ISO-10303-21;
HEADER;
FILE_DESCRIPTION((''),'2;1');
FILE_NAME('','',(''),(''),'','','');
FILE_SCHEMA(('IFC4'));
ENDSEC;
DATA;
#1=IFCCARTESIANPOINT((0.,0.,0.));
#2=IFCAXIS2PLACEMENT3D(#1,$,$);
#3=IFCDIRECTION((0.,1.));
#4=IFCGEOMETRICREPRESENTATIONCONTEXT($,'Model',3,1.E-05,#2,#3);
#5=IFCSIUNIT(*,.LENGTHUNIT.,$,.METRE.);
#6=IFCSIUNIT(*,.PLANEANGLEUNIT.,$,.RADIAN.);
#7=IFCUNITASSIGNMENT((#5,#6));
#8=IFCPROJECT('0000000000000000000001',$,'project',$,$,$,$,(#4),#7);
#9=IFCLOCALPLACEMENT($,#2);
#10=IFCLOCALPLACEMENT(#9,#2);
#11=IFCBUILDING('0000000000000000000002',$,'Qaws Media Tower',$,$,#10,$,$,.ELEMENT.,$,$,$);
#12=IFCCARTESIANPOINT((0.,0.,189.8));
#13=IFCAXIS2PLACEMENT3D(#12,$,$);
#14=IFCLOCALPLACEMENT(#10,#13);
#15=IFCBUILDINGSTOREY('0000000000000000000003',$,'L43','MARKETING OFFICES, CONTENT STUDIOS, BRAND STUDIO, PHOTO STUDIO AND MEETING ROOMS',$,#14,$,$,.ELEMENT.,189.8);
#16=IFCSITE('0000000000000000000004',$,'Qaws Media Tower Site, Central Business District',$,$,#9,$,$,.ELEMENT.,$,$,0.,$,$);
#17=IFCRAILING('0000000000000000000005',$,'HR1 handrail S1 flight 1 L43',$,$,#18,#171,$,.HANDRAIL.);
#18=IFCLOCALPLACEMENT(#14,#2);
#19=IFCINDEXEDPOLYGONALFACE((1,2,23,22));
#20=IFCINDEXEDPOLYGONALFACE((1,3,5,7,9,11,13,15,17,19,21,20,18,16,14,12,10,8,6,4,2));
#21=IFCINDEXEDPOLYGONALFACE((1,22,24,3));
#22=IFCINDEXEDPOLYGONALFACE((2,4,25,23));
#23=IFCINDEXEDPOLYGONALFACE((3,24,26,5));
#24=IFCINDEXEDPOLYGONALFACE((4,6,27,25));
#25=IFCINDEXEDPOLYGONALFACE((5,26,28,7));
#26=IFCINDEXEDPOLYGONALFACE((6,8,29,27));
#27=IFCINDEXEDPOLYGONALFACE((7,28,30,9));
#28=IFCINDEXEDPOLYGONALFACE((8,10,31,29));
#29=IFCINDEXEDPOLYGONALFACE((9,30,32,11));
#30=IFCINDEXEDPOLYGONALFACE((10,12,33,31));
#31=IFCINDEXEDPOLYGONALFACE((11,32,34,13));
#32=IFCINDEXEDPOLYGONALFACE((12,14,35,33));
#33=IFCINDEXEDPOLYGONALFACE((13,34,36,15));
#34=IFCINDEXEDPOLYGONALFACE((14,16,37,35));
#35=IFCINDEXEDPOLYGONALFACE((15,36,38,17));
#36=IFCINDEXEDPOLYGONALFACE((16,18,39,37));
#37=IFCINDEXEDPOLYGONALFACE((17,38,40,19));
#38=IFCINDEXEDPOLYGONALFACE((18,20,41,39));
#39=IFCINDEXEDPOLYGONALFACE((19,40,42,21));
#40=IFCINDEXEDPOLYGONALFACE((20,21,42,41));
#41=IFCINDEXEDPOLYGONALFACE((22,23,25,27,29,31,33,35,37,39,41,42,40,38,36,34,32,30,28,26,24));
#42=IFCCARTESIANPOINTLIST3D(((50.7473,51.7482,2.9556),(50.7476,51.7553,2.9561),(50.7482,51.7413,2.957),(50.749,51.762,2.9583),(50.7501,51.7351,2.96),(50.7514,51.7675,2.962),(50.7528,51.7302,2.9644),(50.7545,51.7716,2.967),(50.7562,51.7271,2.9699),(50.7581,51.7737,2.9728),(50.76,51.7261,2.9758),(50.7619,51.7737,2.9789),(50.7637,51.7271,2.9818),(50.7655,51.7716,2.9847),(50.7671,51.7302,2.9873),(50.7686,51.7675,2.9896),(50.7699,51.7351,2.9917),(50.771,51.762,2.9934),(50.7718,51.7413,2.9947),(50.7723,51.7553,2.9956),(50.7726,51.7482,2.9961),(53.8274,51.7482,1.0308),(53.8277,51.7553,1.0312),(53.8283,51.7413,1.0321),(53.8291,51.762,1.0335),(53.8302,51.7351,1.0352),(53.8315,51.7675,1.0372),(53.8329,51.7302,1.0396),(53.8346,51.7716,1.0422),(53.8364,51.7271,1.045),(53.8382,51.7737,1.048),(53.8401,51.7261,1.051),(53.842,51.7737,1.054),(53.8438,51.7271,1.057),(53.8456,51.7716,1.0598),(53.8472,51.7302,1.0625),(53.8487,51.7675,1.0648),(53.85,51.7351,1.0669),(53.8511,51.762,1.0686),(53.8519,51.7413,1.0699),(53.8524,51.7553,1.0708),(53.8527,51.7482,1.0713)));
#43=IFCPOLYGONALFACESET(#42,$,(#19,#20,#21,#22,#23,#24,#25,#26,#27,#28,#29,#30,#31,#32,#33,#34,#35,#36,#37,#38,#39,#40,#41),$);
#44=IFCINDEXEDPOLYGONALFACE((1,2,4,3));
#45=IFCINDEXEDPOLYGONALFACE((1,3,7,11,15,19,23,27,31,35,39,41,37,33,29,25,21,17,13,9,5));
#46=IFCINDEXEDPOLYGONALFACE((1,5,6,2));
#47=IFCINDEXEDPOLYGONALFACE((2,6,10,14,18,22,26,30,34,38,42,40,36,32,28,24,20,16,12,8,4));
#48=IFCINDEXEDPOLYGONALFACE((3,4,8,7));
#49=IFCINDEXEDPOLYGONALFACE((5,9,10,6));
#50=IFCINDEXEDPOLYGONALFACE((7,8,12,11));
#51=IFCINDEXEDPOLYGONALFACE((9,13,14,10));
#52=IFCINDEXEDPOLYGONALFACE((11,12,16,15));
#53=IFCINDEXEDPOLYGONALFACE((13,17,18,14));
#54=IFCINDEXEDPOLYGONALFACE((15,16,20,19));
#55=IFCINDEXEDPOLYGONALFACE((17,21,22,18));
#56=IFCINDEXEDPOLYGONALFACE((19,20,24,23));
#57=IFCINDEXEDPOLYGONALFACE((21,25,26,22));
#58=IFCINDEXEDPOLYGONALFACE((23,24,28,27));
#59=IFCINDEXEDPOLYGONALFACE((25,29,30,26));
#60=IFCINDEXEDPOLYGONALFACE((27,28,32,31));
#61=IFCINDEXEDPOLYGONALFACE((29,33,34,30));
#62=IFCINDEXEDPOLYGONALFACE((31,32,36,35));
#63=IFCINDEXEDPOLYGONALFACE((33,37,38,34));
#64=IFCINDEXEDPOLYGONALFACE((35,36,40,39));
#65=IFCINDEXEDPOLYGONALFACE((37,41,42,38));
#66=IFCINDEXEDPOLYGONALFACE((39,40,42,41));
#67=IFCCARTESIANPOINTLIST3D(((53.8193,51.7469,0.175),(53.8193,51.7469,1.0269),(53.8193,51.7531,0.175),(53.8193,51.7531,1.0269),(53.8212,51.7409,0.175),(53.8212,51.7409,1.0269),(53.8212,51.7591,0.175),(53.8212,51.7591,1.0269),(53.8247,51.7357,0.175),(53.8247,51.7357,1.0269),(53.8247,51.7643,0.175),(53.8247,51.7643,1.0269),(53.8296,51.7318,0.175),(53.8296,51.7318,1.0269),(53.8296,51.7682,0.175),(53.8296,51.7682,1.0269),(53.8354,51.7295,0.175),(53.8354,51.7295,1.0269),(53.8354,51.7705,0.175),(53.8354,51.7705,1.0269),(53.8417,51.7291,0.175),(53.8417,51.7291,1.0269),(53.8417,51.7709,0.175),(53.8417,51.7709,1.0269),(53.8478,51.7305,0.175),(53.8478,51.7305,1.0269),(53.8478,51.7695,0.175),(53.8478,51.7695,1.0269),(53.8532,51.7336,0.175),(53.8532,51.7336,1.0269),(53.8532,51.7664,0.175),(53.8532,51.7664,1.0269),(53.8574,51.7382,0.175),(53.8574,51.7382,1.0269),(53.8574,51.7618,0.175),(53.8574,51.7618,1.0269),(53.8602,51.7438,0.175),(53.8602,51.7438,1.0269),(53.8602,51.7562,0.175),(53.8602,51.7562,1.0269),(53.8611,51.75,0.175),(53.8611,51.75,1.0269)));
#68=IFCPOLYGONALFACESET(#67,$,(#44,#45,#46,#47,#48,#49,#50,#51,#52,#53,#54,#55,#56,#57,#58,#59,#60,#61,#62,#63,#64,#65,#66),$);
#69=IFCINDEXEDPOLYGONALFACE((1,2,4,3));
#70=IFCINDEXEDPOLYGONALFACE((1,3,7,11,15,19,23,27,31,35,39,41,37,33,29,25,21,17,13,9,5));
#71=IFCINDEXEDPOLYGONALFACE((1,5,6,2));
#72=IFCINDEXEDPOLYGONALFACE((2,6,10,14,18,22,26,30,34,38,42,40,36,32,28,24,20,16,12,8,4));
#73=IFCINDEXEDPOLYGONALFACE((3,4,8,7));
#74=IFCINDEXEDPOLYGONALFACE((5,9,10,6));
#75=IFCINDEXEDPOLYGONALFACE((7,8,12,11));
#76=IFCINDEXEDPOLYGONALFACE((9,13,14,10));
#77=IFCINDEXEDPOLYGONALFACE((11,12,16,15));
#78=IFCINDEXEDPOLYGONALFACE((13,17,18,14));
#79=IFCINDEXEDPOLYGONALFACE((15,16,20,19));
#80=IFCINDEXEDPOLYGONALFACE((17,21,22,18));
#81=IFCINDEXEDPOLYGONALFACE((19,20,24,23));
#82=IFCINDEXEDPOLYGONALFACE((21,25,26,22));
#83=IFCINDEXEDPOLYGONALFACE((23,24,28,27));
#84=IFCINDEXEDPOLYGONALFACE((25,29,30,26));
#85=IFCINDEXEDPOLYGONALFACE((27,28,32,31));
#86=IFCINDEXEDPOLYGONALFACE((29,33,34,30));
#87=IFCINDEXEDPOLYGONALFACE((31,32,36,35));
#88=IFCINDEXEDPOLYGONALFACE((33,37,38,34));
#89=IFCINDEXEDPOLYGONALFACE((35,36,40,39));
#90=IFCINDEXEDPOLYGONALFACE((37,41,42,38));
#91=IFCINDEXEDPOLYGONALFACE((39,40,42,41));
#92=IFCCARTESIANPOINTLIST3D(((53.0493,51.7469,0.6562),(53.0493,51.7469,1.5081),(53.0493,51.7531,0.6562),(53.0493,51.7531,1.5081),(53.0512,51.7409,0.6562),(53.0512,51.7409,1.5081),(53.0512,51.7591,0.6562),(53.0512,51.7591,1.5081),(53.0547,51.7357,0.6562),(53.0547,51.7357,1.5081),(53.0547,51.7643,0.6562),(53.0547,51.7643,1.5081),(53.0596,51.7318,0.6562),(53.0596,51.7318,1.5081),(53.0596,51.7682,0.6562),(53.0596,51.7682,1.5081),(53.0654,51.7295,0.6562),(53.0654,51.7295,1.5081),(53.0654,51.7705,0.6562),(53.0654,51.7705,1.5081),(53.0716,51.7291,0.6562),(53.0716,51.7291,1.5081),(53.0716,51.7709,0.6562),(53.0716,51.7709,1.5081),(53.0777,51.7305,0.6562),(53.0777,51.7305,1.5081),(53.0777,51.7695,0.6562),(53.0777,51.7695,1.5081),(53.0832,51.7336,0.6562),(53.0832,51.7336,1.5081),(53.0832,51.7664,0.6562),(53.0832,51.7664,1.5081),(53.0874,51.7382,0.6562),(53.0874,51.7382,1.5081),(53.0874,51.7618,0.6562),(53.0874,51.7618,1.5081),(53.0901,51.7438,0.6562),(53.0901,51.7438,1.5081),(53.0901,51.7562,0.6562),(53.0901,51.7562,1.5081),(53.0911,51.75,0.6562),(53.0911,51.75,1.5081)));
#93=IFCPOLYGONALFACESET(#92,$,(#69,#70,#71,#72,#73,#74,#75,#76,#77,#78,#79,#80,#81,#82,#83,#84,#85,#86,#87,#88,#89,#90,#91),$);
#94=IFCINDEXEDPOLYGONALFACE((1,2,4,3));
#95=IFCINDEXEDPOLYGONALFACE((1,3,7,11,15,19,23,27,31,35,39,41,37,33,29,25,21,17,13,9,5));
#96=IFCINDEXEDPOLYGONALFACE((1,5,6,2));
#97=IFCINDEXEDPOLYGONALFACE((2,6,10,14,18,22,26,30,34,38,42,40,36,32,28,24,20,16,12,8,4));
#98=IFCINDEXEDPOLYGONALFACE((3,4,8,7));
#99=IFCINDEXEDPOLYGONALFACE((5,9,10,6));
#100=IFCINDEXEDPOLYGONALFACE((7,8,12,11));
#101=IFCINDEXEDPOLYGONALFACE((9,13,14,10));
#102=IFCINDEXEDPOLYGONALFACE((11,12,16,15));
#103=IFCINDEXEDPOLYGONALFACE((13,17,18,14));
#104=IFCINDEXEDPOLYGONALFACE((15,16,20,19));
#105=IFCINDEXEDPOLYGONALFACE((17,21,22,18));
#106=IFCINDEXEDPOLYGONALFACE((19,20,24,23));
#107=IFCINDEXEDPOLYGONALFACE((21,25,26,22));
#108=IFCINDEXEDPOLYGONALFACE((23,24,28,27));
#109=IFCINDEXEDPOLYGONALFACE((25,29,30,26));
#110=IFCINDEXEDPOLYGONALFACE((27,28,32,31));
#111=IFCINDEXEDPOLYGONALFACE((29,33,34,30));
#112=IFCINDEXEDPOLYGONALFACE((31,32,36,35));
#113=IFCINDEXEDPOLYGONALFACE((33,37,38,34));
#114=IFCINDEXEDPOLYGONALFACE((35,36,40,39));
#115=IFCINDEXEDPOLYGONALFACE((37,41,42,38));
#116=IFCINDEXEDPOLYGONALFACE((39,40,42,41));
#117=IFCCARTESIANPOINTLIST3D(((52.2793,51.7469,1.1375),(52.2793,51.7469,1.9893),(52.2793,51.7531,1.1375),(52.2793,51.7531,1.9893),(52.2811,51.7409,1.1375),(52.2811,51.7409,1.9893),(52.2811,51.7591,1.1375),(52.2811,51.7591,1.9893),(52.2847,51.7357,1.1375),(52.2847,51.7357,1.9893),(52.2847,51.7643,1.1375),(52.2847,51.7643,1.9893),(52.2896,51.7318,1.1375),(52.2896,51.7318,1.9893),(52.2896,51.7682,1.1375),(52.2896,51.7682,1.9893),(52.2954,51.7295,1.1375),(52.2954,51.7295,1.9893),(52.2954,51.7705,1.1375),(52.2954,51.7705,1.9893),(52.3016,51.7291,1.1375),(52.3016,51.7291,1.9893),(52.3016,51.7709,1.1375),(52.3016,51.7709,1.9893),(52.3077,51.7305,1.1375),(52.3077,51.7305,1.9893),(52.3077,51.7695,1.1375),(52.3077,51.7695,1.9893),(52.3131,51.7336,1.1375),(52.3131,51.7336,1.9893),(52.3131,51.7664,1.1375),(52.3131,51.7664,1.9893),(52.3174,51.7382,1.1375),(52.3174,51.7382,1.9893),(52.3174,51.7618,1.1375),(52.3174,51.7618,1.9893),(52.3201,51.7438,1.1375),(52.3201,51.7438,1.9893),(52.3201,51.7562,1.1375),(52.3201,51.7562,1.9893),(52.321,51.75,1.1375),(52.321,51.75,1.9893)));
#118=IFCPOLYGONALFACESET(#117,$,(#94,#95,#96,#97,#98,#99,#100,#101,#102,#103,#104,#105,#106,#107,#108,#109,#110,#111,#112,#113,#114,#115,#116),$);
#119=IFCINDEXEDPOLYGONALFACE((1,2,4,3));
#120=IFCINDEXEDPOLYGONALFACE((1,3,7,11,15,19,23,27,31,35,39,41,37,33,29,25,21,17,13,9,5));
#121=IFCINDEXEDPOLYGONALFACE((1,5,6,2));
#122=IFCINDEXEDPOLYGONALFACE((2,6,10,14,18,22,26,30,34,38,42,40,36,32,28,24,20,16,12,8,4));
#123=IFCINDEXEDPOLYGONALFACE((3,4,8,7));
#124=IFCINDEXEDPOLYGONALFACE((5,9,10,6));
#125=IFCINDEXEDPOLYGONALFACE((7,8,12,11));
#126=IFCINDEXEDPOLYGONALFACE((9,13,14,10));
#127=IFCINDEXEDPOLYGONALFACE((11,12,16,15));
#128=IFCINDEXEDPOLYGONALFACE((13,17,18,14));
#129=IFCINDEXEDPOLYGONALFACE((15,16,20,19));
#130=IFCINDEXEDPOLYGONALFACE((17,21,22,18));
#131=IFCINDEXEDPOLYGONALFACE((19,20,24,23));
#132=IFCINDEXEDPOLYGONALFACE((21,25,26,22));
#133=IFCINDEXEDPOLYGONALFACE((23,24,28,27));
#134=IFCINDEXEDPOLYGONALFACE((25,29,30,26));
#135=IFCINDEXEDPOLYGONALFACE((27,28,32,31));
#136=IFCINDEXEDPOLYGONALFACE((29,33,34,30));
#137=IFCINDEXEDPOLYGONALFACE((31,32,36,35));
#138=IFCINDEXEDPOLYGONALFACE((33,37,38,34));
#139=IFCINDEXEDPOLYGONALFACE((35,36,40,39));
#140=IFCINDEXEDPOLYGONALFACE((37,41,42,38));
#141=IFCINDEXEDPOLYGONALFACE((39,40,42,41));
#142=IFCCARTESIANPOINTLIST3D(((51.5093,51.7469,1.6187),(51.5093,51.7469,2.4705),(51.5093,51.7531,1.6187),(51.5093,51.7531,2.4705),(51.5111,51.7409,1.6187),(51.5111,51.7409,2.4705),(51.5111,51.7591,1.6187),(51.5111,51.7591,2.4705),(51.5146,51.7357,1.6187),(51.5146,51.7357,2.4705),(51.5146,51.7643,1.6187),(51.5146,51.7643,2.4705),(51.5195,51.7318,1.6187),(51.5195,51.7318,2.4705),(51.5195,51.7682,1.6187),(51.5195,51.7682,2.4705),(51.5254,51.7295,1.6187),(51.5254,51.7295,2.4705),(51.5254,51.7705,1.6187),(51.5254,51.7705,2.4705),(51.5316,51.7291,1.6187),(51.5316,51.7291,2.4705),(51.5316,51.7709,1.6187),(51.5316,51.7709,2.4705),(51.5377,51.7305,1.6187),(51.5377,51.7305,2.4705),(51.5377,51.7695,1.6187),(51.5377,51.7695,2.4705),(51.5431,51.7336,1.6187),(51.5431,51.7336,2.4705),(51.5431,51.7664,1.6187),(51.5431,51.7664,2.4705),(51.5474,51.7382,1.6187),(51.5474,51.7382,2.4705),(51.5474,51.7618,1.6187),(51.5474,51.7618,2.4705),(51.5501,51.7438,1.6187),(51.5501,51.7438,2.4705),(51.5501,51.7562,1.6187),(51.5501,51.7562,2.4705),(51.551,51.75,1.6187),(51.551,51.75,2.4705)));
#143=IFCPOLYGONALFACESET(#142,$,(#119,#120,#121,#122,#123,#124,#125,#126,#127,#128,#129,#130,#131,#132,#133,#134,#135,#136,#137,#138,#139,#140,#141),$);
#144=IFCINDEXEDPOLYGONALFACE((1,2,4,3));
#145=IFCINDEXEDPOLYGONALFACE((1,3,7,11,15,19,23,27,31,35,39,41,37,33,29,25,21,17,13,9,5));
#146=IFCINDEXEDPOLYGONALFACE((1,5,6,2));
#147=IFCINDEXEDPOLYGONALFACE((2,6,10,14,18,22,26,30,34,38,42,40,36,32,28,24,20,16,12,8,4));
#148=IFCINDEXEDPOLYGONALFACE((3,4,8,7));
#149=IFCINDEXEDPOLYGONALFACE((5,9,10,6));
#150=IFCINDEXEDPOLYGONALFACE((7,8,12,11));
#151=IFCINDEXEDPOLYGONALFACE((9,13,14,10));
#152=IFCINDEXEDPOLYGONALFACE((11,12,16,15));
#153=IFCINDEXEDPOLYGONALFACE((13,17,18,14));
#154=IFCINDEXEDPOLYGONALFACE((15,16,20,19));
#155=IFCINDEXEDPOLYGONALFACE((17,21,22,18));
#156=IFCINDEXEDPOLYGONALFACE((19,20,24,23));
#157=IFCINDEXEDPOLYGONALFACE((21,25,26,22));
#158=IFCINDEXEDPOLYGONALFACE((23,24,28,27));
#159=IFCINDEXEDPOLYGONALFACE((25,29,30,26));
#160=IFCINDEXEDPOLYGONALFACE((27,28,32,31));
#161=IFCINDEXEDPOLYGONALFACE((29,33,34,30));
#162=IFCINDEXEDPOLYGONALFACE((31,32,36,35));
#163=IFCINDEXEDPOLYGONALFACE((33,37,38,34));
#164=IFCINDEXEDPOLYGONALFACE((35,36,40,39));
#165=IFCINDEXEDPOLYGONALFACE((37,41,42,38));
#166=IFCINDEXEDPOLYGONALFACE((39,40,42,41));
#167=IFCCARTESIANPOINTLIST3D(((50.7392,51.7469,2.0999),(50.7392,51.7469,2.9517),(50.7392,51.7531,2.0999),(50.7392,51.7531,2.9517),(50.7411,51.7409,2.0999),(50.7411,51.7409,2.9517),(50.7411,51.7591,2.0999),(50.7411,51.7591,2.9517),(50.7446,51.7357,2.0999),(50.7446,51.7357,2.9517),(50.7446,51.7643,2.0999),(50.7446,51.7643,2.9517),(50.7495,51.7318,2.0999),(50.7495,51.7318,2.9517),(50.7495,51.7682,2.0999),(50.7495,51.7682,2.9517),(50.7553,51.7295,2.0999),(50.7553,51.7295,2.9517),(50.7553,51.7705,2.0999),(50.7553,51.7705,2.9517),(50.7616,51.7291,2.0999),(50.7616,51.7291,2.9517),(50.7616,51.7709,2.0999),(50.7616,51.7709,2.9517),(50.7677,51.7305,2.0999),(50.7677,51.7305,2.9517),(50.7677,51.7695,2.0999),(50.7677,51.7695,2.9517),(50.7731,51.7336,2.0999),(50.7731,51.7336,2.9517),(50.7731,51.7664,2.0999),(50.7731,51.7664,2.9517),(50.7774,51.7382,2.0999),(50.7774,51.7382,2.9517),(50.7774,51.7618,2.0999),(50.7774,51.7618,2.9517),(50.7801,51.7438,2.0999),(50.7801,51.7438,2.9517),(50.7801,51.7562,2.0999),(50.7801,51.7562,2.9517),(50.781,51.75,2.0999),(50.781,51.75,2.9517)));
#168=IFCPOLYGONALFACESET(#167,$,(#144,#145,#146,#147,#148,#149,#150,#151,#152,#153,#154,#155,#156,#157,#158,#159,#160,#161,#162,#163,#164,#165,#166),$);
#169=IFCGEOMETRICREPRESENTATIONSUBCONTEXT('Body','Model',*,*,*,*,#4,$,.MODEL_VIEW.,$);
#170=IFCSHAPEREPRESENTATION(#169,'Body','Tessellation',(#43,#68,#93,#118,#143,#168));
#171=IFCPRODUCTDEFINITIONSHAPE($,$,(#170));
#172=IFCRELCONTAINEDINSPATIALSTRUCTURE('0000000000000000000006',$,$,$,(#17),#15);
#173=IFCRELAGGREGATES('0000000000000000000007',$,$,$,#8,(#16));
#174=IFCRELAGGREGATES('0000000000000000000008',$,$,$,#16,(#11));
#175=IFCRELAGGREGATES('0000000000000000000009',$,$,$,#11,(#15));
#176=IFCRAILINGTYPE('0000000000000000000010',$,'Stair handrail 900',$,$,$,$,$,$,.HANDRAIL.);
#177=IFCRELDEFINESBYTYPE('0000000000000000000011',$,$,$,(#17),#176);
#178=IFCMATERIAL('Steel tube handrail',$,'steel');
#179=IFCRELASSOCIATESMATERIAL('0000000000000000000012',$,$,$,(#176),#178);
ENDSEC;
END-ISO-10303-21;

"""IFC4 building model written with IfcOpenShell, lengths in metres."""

from ifc_helpers import new_model, si_unit, direction, frame, origin, origin_2d, place, context, subcontext, project, spatial, circle, extrude, material, type_object, element, save


model = new_model("IFC4")

# Units and contexts
model_context = context("Model", 3, precision=1e-05, world=origin(), true_north=direction((0.0, 1.0)))
body_context = subcontext(model_context, "Body", "Model", "MODEL_VIEW")
ifc_project = project(units=[si_unit("LENGTHUNIT", "METRE"), si_unit("PLANEANGLEUNIT", "RADIAN")], contexts=[model_context])

# Site, building, storey
site_placement = place(None, origin())
site = spatial("IfcSite", under=ifc_project, at=site_placement, Name="Qaws Media Tower Site, Central Business District", CompositionType="ELEMENT", RefElevation=0.0)
building_placement = place(site_placement, origin())
building = spatial("IfcBuilding", under=site, at=building_placement, Name="Qaws Media Tower", CompositionType="ELEMENT")
storey_placement = place(building_placement, frame((0.0, 0.0, 189.8)))
storey = spatial("IfcBuildingStorey", under=building, at=storey_placement, Name="L43", Description="MARKETING OFFICES, CONTENT STUDIOS, BRAND STUDIO, PHOTO STUDIO AND MEETING ROOMS", CompositionType="ELEMENT", Elevation=189.8)

# Railing
ifc_material_1 = material(Name="Steel tube handrail", Category="steel")
railing_type = type_object("IfcRailingType", Name="Stair handrail 900", PredefinedType="HANDRAIL", material=ifc_material_1)
for number, where, name in (
    (1, (53.8401, 51.75, 0.175), "HR1 handrail S1 flight 1 L43"),
):
    element("IfcRailing", number, at=place(storey_placement, frame(where)), inside=storey, type_object=railing_type, Name=name, PredefinedType="HANDRAIL", context=body_context, shape_type="SweptSolid", body=[
        extrude(circle(Radius=0.0239, at=origin_2d()), frame((0.0, 0.0, 0.876), z_axis=(-0.848029, 0.0, 0.529951), x_axis=(0.0, -1.0, 0.0)), (0.0, 0.0, 1.0), 3.6321),
        extrude(circle(Radius=0.021, at=origin_2d()), origin(), (0.0, 0.0, 1.0), 0.8518),
        extrude(circle(Radius=0.021, at=origin_2d()), frame((-0.77, 0.0, 0.4812)), (0.0, 0.0, 1.0), 0.8518),
        extrude(circle(Radius=0.021, at=origin_2d()), frame((-1.54, 0.0, 0.9624)), (0.0, 0.0, 1.0), 0.8518),
        extrude(circle(Radius=0.021, at=origin_2d()), frame((-2.3101, 0.0, 1.4436)), (0.0, 0.0, 1.0), 0.8518),
        extrude(circle(Radius=0.021, at=origin_2d()), frame((-3.0801, 0.0, 1.9248)), (0.0, 0.0, 1.0), 0.8518),
    ])

save(model, "model.ifc")
